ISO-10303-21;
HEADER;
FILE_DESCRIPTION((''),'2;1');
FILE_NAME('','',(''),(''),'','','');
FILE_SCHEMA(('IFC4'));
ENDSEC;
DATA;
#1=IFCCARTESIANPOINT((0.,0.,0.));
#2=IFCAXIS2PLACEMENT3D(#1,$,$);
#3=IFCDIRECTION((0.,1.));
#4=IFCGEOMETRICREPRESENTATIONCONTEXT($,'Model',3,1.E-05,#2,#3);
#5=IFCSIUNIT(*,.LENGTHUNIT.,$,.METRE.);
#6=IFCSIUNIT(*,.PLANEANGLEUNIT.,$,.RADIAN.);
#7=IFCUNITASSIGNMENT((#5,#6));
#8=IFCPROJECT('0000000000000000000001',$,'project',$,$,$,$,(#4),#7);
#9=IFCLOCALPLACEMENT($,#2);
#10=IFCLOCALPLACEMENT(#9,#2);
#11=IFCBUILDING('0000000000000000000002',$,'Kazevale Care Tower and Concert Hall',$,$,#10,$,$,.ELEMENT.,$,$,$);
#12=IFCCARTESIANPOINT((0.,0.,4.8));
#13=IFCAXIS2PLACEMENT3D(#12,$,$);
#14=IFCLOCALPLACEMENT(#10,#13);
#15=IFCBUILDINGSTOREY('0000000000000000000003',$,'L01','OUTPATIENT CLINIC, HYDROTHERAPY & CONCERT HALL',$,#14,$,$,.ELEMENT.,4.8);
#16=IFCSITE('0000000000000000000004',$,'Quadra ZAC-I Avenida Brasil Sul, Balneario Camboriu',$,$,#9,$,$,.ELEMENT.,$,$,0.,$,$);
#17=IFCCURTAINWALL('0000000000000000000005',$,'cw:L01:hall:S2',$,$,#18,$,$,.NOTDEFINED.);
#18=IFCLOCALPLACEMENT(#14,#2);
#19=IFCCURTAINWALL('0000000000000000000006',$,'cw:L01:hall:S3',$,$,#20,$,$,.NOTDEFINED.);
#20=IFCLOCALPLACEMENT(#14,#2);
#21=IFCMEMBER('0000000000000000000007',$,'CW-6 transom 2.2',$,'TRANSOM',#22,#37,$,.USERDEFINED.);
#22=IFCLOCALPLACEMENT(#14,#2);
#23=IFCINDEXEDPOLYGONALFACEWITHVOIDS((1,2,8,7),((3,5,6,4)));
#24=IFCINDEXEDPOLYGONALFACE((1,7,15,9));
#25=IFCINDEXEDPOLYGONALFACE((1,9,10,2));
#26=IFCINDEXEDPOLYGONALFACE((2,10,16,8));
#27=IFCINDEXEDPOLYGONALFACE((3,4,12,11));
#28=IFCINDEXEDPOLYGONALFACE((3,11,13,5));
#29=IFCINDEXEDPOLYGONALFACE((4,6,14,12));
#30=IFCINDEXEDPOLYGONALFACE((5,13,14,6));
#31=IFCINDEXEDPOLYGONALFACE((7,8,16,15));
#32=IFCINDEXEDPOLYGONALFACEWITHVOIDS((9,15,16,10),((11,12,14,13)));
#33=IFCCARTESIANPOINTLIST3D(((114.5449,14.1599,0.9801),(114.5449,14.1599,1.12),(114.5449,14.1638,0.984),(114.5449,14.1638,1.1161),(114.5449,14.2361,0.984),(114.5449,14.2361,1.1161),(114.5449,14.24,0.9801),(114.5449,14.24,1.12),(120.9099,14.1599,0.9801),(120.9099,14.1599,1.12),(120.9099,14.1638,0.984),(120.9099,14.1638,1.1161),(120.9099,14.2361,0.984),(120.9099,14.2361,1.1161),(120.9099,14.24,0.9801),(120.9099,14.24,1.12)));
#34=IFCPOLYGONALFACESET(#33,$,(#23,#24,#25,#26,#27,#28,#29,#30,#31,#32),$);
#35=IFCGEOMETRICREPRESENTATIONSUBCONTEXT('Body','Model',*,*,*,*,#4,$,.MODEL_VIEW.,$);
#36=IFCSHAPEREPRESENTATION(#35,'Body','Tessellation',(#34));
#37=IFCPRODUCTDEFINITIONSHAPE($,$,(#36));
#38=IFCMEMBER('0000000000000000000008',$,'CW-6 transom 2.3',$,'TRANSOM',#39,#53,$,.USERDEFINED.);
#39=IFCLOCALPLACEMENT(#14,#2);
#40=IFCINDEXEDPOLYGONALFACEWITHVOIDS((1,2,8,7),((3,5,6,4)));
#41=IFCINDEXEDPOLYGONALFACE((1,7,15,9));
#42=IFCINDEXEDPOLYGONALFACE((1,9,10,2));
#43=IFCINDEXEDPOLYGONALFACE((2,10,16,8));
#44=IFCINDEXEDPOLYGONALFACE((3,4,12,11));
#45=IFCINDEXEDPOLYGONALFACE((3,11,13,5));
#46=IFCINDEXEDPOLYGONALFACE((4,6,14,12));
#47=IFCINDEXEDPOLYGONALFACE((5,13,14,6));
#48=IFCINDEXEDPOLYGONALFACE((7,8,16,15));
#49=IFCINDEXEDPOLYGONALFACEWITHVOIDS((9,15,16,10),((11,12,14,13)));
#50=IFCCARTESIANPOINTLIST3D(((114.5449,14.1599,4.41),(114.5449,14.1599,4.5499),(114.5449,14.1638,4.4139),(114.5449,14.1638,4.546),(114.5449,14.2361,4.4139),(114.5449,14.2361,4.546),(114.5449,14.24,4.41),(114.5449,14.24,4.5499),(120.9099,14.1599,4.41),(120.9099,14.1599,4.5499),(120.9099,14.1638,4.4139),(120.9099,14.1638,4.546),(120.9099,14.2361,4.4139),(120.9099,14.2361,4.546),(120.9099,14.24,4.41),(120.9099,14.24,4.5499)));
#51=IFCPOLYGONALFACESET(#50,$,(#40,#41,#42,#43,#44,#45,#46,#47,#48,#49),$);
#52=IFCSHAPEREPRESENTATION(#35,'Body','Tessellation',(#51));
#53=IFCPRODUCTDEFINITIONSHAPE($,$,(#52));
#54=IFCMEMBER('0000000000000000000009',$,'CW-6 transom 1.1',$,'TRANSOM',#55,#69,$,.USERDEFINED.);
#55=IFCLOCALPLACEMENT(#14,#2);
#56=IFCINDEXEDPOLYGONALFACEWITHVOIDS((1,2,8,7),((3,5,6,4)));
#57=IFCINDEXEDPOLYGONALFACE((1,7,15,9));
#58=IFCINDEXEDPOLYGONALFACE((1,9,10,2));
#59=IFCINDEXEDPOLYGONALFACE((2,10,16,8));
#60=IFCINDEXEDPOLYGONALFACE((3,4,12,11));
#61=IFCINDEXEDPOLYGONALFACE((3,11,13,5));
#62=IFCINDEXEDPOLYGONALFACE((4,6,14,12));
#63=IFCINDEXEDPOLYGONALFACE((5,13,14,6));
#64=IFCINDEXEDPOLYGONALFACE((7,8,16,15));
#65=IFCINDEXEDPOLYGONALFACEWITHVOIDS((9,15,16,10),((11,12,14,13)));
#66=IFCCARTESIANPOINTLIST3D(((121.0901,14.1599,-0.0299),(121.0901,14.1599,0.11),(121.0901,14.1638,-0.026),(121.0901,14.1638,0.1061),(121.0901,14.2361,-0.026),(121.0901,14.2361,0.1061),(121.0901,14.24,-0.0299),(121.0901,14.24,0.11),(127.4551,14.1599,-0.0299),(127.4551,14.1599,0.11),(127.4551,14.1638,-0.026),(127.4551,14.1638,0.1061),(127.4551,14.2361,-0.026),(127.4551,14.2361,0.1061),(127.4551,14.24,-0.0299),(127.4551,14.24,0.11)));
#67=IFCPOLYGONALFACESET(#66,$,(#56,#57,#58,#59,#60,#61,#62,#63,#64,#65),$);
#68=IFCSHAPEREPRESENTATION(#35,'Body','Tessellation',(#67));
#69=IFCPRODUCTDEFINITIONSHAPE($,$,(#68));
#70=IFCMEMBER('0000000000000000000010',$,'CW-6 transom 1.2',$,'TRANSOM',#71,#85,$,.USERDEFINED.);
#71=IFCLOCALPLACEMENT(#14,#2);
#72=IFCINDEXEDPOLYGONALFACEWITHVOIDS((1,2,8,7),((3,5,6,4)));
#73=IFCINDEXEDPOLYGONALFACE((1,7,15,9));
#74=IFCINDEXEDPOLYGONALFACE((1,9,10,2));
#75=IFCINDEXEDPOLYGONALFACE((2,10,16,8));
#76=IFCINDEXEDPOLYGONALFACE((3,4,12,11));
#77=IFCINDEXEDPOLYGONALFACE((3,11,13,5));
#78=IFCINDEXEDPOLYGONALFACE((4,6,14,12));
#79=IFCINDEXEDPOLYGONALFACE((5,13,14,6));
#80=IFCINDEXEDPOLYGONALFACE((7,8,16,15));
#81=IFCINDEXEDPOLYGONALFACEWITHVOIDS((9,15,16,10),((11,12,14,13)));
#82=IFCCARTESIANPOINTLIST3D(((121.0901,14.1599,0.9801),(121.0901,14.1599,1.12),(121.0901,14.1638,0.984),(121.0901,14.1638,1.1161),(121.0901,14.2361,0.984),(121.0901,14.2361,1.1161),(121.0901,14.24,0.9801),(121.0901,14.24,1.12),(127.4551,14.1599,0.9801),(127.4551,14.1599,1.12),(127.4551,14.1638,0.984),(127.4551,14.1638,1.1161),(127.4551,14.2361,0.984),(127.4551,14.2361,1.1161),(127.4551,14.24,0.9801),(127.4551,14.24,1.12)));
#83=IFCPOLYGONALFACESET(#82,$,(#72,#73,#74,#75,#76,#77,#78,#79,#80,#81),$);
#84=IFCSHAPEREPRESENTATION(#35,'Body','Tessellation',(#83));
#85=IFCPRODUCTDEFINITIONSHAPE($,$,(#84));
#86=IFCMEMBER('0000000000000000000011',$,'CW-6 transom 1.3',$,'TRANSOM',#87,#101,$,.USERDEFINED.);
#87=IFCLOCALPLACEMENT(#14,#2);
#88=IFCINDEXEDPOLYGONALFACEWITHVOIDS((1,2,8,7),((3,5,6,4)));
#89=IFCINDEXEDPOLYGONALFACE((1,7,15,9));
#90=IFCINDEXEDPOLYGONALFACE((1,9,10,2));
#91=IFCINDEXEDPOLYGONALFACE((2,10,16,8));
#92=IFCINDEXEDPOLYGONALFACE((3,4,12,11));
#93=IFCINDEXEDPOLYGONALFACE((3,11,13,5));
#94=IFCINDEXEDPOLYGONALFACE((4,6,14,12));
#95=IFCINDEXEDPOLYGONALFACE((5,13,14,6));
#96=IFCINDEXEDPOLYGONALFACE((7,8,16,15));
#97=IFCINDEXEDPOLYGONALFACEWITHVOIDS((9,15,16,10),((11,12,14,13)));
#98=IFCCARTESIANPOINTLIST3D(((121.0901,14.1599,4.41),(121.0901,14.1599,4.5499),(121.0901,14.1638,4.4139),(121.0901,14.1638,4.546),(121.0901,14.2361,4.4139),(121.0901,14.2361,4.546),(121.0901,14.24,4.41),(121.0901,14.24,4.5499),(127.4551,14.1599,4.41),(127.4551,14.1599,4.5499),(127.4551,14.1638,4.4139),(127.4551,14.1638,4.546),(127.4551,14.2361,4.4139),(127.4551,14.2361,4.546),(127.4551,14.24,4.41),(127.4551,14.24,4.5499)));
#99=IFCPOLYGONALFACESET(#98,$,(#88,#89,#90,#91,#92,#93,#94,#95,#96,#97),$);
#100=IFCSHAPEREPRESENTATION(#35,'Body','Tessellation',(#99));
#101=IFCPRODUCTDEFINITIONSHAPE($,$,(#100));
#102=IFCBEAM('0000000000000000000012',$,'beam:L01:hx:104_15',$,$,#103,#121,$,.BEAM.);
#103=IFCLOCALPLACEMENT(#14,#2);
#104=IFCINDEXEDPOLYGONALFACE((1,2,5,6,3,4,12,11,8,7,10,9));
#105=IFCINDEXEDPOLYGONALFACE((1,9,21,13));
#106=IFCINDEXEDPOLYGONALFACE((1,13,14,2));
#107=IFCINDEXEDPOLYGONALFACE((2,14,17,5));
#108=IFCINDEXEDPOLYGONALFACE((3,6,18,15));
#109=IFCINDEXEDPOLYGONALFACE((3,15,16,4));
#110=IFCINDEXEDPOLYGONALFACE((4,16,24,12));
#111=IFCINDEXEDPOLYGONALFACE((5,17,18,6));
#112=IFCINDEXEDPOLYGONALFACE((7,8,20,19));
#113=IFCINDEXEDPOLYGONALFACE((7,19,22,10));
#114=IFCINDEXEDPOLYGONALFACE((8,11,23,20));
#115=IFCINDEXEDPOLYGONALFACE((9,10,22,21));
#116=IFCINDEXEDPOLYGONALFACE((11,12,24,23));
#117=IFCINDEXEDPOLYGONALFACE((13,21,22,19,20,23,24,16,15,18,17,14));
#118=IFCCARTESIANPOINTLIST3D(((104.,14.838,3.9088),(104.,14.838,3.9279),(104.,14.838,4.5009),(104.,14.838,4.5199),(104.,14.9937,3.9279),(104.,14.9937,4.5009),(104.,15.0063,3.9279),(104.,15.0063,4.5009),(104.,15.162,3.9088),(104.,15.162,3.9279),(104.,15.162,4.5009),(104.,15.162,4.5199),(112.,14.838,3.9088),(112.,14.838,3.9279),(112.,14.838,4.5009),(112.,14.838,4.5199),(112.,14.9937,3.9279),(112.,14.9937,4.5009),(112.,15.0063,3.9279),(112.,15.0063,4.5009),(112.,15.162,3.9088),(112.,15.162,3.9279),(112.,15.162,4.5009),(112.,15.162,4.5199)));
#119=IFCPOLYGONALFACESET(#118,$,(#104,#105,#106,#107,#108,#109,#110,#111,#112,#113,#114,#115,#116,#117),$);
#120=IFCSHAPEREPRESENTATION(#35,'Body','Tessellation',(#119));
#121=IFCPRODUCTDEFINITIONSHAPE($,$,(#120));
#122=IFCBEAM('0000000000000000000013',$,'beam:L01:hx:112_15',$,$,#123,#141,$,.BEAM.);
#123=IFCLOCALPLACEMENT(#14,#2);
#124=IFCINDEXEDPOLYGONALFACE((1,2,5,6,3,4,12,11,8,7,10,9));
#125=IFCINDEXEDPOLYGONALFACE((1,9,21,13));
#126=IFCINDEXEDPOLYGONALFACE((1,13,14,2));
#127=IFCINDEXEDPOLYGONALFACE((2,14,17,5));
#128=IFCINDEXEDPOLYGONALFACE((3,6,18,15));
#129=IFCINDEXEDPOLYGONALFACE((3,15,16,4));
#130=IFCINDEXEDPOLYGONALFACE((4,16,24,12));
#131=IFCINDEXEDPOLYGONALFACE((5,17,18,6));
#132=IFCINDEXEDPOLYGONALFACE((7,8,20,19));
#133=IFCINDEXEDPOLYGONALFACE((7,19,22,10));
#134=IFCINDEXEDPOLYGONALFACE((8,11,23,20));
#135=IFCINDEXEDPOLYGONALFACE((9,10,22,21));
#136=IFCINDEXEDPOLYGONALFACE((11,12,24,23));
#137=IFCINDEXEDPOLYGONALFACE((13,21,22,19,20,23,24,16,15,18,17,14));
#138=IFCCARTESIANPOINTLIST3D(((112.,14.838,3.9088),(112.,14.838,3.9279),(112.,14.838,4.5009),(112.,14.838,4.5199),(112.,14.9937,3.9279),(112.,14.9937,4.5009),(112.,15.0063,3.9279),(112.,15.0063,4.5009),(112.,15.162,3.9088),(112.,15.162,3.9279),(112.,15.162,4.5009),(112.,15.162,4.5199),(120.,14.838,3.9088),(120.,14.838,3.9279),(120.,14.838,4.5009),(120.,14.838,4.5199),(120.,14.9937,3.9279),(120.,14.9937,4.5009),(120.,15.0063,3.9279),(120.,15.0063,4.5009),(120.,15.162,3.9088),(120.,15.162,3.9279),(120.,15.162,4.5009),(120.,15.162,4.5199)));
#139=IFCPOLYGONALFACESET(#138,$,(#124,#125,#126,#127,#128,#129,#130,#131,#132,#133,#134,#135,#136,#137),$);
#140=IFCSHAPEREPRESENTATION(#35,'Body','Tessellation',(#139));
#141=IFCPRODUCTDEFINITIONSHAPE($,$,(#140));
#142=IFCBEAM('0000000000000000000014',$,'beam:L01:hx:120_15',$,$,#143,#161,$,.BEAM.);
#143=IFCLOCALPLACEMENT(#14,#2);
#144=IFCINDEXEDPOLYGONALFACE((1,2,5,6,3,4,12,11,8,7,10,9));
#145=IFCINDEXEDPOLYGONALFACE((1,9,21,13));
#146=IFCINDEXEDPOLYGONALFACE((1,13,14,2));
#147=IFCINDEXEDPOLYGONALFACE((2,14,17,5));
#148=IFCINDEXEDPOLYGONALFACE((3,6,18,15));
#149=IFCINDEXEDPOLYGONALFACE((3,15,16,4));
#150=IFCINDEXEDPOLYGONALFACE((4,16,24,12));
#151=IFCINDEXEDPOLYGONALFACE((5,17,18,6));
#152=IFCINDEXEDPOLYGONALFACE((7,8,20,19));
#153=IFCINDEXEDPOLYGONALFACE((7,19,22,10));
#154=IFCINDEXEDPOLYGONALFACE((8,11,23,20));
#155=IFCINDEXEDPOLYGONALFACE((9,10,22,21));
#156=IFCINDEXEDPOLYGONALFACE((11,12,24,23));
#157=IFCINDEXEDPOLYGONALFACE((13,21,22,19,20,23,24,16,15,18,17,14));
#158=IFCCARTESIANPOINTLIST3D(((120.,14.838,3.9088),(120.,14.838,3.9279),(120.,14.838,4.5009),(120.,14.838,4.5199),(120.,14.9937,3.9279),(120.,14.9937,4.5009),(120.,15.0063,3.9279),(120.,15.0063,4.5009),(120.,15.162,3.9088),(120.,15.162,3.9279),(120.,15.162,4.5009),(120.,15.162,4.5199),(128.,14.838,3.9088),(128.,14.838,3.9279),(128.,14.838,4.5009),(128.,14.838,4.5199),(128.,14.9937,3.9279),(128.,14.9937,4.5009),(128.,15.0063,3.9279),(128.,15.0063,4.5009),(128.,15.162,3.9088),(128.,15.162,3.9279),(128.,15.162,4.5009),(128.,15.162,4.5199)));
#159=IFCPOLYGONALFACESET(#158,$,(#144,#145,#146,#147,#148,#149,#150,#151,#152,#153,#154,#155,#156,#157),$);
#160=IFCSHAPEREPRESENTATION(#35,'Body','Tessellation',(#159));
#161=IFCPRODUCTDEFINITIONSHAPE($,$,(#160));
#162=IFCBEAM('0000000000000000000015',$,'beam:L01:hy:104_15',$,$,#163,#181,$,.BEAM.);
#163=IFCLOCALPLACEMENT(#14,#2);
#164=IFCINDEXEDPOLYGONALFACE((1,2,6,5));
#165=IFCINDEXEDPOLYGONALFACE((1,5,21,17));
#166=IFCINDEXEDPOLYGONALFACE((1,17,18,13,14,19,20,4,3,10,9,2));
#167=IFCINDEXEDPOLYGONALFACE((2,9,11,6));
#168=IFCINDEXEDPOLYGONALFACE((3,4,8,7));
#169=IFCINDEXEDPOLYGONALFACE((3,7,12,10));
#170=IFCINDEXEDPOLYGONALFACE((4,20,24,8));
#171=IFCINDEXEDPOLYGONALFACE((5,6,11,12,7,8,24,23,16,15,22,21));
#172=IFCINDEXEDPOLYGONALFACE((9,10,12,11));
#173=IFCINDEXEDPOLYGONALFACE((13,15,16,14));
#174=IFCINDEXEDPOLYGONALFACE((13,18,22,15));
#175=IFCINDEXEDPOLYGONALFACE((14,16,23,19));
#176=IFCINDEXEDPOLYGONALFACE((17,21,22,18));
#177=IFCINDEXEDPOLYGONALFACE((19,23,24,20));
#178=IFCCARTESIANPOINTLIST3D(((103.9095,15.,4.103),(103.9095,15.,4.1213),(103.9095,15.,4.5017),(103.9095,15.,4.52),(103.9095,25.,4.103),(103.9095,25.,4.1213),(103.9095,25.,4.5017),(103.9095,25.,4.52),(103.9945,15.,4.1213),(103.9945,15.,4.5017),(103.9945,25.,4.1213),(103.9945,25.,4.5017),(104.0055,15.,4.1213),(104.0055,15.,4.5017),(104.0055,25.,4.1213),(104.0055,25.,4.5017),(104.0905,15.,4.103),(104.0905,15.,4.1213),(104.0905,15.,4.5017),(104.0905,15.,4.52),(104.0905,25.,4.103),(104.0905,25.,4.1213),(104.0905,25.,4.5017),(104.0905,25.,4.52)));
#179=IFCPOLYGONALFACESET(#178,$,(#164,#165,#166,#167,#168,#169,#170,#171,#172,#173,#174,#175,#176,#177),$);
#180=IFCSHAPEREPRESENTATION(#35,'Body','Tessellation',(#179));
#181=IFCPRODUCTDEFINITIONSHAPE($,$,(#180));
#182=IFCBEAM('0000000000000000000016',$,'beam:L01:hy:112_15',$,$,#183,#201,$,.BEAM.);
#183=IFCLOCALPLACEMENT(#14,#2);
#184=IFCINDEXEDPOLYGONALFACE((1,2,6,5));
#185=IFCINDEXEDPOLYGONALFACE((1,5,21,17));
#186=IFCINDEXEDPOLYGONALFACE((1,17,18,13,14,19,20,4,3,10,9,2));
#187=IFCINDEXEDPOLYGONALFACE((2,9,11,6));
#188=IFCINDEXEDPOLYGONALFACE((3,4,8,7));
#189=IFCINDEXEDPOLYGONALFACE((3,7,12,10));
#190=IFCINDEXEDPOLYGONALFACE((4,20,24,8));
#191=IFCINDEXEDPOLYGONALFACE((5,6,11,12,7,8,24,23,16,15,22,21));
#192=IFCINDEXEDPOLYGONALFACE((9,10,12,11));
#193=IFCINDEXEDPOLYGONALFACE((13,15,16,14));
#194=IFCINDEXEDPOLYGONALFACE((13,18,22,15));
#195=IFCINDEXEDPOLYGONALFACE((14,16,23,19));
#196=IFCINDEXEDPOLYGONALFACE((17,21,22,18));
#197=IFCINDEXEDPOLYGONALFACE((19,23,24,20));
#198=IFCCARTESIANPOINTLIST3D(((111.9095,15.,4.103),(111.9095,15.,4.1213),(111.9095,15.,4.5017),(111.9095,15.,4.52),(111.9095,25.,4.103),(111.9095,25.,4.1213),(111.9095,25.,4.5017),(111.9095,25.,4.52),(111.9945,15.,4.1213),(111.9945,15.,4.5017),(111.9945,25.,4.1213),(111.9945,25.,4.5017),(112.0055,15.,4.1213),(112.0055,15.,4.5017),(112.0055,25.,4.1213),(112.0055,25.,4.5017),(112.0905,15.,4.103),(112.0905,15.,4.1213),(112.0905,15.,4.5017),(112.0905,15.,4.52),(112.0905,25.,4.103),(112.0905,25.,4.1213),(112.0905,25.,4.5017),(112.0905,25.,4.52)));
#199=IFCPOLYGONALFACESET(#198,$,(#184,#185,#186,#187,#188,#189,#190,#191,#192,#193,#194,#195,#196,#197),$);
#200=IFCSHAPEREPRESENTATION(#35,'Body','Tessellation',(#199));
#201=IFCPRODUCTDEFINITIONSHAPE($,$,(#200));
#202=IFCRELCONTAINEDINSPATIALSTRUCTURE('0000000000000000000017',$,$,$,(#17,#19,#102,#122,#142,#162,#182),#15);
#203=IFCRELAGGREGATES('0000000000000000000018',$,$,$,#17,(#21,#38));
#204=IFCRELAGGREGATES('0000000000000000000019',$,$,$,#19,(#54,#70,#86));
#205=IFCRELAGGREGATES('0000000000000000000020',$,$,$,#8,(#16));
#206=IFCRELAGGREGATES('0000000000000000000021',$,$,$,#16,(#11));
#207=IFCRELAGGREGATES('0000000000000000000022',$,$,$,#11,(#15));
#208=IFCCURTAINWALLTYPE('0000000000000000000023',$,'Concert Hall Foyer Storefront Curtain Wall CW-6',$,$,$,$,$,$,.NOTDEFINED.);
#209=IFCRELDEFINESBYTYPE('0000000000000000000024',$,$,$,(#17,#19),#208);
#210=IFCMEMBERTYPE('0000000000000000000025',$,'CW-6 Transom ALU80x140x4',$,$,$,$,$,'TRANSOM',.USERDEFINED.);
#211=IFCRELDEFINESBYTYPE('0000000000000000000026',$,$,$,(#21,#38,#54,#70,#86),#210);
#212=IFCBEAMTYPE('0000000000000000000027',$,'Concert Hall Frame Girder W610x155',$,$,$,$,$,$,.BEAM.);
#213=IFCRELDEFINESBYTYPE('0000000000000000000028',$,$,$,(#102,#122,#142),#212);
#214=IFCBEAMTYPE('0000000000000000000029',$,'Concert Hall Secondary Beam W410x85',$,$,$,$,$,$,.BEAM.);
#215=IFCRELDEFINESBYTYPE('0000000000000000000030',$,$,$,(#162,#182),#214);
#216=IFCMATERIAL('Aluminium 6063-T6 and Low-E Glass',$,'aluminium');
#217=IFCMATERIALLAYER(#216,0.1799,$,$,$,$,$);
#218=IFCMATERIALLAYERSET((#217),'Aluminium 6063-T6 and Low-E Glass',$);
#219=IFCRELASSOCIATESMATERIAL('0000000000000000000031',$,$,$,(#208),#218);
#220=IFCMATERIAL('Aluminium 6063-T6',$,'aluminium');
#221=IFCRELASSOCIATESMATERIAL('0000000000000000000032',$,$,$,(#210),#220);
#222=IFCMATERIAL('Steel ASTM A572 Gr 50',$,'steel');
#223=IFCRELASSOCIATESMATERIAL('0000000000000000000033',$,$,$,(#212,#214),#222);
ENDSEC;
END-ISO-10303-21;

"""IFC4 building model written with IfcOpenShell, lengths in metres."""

from ifc_helpers import new_model, si_unit, direction, frame, origin, origin_2d, place, context, subcontext, project, spatial, hollow_rectangle, i_section, extrude, material, layer, layer_set, material_profile, profile_set, type_object, element, aggregate, save


model = new_model("IFC4")

# Units and contexts
model_context = context("Model", 3, precision=1e-05, world=origin(), true_north=direction((0.0, 1.0)))
body_context = subcontext(model_context, "Body", "Model", "MODEL_VIEW")
ifc_project = project(units=[si_unit("LENGTHUNIT", "METRE"), si_unit("PLANEANGLEUNIT", "RADIAN")], contexts=[model_context])

# Site, building, storey
site_placement = place(None, origin())
site = spatial("IfcSite", under=ifc_project, at=site_placement, Name="Quadra ZAC-I Avenida Brasil Sul, Balneario Camboriu", CompositionType="ELEMENT", RefElevation=0.0)
building_placement = place(site_placement, origin())
building = spatial("IfcBuilding", under=site, at=building_placement, Name="Kazevale Care Tower and Concert Hall", CompositionType="ELEMENT")
storey_placement = place(building_placement, frame((0.0, 0.0, 4.8)))
storey = spatial("IfcBuildingStorey", under=building, at=storey_placement, Name="L01", Description="OUTPATIENT CLINIC, HYDROTHERAPY & CONCERT HALL", CompositionType="ELEMENT", Elevation=4.8)

# Curtain wall
ifc_material_1 = material(Name="Aluminium 6063-T6 and Low-E Glass", Category="aluminium")
ifc_layer_1 = layer(ifc_material_1, 0.1799)
ifc_layer_set_1 = layer_set([ifc_layer_1], Name="Aluminium 6063-T6 and Low-E Glass")
curtain_wall_type = type_object("IfcCurtainWallType", Name="Concert Hall Foyer Storefront Curtain Wall CW-6", PredefinedType="NOTDEFINED", material=ifc_layer_set_1)
curtain_wall_1_placement = place(storey_placement, origin())
curtain_wall_1 = element("IfcCurtainWall", 1, at=curtain_wall_1_placement, inside=storey, type_object=curtain_wall_type, Name="cw:L01:hall:S2", PredefinedType="NOTDEFINED")
ifc_material_2 = material(Name="Aluminium 6063-T6", Category="aluminium")

# Curtain wall
curtain_wall_2_placement = place(storey_placement, origin())
curtain_wall_2 = element("IfcCurtainWall", 2, at=curtain_wall_2_placement, inside=storey, type_object=curtain_wall_type, Name="cw:L01:hall:S3", PredefinedType="NOTDEFINED")

# Members
ifc_material_profile_1 = material_profile(ifc_material_2, hollow_rectangle(XDim=0.0801, YDim=0.1399, WallThickness=0.0039, at=origin_2d()), Name="ALU80x140x4")
ifc_profile_set_1 = profile_set([ifc_material_profile_1], Name="Aluminium 6063-T6")
member_type_1 = type_object("IfcMemberType", Name="CW-6 Transom ALU80x140x4", ElementType="TRANSOM", PredefinedType="USERDEFINED", material=ifc_profile_set_1)
member_1_placement = place(storey_placement, frame((114.5449, 14.2, 1.05), z_axis=(1.0, 0.0, 0.0), x_axis=(0.0, 1.0, 0.0)))
member_1 = element("IfcMember", 3, at=member_1_placement, type_object=member_type_1, Name="CW-6 transom 2.2", ObjectType="TRANSOM", PredefinedType="USERDEFINED", context=body_context, shape_type="SweptSolid", body=[
    extrude(hollow_rectangle(XDim=0.0801, YDim=0.1399, WallThickness=0.0039, at=origin_2d()), origin(), (0.0, 0.0, 1.0), 6.365),
])
member_2_placement = place(storey_placement, frame((114.5449, 14.2, 4.48), z_axis=(1.0, 0.0, 0.0), x_axis=(0.0, 1.0, 0.0)))
member_2 = element("IfcMember", 4, at=member_2_placement, type_object=member_type_1, Name="CW-6 transom 2.3", ObjectType="TRANSOM", PredefinedType="USERDEFINED", context=body_context, shape_type="SweptSolid", body=[
    extrude(hollow_rectangle(XDim=0.0801, YDim=0.1399, WallThickness=0.0039, at=origin_2d()), origin(), (0.0, 0.0, 1.0), 6.365),
])
member_3_placement = place(storey_placement, frame((121.0901, 14.2, 0.04), z_axis=(1.0, 0.0, 0.0), x_axis=(0.0, 1.0, 0.0)))
member_3 = element("IfcMember", 5, at=member_3_placement, type_object=member_type_1, Name="CW-6 transom 1.1", ObjectType="TRANSOM", PredefinedType="USERDEFINED", context=body_context, shape_type="SweptSolid", body=[
    extrude(hollow_rectangle(XDim=0.0801, YDim=0.1399, WallThickness=0.0039, at=origin_2d()), origin(), (0.0, 0.0, 1.0), 6.365),
])
member_4_placement = place(storey_placement, frame((121.0901, 14.2, 1.05), z_axis=(1.0, 0.0, 0.0), x_axis=(0.0, 1.0, 0.0)))
member_4 = element("IfcMember", 6, at=member_4_placement, type_object=member_type_1, Name="CW-6 transom 1.2", ObjectType="TRANSOM", PredefinedType="USERDEFINED", context=body_context, shape_type="SweptSolid", body=[
    extrude(hollow_rectangle(XDim=0.0801, YDim=0.1399, WallThickness=0.0039, at=origin_2d()), origin(), (0.0, 0.0, 1.0), 6.365),
])
member_5_placement = place(storey_placement, frame((121.0901, 14.2, 4.48), z_axis=(1.0, 0.0, 0.0), x_axis=(0.0, 1.0, 0.0)))
member_5 = element("IfcMember", 7, at=member_5_placement, type_object=member_type_1, Name="CW-6 transom 1.3", ObjectType="TRANSOM", PredefinedType="USERDEFINED", context=body_context, shape_type="SweptSolid", body=[
    extrude(hollow_rectangle(XDim=0.0801, YDim=0.1399, WallThickness=0.0039, at=origin_2d()), origin(), (0.0, 0.0, 1.0), 6.365),
])

# Beams
ifc_material_3 = material(Name="Steel ASTM A572 Gr 50", Category="steel")
ifc_material_profile_2 = material_profile(ifc_material_3, i_section(OverallWidth=0.324, OverallDepth=0.6111, WebThickness=0.0127, FlangeThickness=0.019, at=origin_2d()), Name="W610x155")
ifc_profile_set_2 = profile_set([ifc_material_profile_2], Name="Steel ASTM A572 Gr 50")
beam_type_1 = type_object("IfcBeamType", Name="Concert Hall Frame Girder W610x155", PredefinedType="BEAM", material=ifc_profile_set_2)
for number, where, z_axis, x_axis, name in (
    (8, (104.0, 15.0, 4.2144), (1.0, 0.0, 0.0), (0.0, 1.0, 0.0), "beam:L01:hx:104_15"),
    (9, (112.0, 15.0, 4.2144), (1.0, 0.0, 0.0), (0.0, 1.0, 0.0), "beam:L01:hx:112_15"),
    (10, (120.0, 15.0, 4.2144), (1.0, 0.0, 0.0), (0.0, 1.0, 0.0), "beam:L01:hx:120_15"),
):
    element("IfcBeam", number, at=place(storey_placement, frame(where, z_axis=z_axis, x_axis=x_axis)), inside=storey, type_object=beam_type_1, Name=name, PredefinedType="BEAM", context=body_context, shape_type="SweptSolid", body=[
        extrude(i_section(OverallWidth=0.324, OverallDepth=0.6111, WebThickness=0.0127, FlangeThickness=0.019, at=origin_2d()), origin(), (0.0, 0.0, 1.0), 8.0),
    ])
ifc_material_profile_3 = material_profile(ifc_material_3, i_section(OverallWidth=0.1809, OverallDepth=0.417, WebThickness=0.011, FlangeThickness=0.0183, at=origin_2d()), Name="W410x85")
ifc_profile_set_3 = profile_set([ifc_material_profile_3], Name="Steel ASTM A572 Gr 50")
beam_type_2 = type_object("IfcBeamType", Name="Concert Hall Secondary Beam W410x85", PredefinedType="BEAM", material=ifc_profile_set_3)
for number, where, z_axis, x_axis, name in (
    (11, (104.0, 15.0, 4.3115), (0.0, 1.0, 0.0), (-1.0, 0.0, 0.0), "beam:L01:hy:104_15"),
    (12, (112.0, 15.0, 4.3115), (0.0, 1.0, 0.0), (-1.0, 0.0, 0.0), "beam:L01:hy:112_15"),
):
    element("IfcBeam", number, at=place(storey_placement, frame(where, z_axis=z_axis, x_axis=x_axis)), inside=storey, type_object=beam_type_2, Name=name, PredefinedType="BEAM", context=body_context, shape_type="SweptSolid", body=[
        extrude(i_section(OverallWidth=0.1809, OverallDepth=0.417, WebThickness=0.011, FlangeThickness=0.0183, at=origin_2d()), origin(), (0.0, 0.0, 1.0), 10.0),
    ])

aggregate(curtain_wall_1, [member_1, member_2])
aggregate(curtain_wall_2, [member_3, member_4, member_5])

save(model, "model.ifc")
